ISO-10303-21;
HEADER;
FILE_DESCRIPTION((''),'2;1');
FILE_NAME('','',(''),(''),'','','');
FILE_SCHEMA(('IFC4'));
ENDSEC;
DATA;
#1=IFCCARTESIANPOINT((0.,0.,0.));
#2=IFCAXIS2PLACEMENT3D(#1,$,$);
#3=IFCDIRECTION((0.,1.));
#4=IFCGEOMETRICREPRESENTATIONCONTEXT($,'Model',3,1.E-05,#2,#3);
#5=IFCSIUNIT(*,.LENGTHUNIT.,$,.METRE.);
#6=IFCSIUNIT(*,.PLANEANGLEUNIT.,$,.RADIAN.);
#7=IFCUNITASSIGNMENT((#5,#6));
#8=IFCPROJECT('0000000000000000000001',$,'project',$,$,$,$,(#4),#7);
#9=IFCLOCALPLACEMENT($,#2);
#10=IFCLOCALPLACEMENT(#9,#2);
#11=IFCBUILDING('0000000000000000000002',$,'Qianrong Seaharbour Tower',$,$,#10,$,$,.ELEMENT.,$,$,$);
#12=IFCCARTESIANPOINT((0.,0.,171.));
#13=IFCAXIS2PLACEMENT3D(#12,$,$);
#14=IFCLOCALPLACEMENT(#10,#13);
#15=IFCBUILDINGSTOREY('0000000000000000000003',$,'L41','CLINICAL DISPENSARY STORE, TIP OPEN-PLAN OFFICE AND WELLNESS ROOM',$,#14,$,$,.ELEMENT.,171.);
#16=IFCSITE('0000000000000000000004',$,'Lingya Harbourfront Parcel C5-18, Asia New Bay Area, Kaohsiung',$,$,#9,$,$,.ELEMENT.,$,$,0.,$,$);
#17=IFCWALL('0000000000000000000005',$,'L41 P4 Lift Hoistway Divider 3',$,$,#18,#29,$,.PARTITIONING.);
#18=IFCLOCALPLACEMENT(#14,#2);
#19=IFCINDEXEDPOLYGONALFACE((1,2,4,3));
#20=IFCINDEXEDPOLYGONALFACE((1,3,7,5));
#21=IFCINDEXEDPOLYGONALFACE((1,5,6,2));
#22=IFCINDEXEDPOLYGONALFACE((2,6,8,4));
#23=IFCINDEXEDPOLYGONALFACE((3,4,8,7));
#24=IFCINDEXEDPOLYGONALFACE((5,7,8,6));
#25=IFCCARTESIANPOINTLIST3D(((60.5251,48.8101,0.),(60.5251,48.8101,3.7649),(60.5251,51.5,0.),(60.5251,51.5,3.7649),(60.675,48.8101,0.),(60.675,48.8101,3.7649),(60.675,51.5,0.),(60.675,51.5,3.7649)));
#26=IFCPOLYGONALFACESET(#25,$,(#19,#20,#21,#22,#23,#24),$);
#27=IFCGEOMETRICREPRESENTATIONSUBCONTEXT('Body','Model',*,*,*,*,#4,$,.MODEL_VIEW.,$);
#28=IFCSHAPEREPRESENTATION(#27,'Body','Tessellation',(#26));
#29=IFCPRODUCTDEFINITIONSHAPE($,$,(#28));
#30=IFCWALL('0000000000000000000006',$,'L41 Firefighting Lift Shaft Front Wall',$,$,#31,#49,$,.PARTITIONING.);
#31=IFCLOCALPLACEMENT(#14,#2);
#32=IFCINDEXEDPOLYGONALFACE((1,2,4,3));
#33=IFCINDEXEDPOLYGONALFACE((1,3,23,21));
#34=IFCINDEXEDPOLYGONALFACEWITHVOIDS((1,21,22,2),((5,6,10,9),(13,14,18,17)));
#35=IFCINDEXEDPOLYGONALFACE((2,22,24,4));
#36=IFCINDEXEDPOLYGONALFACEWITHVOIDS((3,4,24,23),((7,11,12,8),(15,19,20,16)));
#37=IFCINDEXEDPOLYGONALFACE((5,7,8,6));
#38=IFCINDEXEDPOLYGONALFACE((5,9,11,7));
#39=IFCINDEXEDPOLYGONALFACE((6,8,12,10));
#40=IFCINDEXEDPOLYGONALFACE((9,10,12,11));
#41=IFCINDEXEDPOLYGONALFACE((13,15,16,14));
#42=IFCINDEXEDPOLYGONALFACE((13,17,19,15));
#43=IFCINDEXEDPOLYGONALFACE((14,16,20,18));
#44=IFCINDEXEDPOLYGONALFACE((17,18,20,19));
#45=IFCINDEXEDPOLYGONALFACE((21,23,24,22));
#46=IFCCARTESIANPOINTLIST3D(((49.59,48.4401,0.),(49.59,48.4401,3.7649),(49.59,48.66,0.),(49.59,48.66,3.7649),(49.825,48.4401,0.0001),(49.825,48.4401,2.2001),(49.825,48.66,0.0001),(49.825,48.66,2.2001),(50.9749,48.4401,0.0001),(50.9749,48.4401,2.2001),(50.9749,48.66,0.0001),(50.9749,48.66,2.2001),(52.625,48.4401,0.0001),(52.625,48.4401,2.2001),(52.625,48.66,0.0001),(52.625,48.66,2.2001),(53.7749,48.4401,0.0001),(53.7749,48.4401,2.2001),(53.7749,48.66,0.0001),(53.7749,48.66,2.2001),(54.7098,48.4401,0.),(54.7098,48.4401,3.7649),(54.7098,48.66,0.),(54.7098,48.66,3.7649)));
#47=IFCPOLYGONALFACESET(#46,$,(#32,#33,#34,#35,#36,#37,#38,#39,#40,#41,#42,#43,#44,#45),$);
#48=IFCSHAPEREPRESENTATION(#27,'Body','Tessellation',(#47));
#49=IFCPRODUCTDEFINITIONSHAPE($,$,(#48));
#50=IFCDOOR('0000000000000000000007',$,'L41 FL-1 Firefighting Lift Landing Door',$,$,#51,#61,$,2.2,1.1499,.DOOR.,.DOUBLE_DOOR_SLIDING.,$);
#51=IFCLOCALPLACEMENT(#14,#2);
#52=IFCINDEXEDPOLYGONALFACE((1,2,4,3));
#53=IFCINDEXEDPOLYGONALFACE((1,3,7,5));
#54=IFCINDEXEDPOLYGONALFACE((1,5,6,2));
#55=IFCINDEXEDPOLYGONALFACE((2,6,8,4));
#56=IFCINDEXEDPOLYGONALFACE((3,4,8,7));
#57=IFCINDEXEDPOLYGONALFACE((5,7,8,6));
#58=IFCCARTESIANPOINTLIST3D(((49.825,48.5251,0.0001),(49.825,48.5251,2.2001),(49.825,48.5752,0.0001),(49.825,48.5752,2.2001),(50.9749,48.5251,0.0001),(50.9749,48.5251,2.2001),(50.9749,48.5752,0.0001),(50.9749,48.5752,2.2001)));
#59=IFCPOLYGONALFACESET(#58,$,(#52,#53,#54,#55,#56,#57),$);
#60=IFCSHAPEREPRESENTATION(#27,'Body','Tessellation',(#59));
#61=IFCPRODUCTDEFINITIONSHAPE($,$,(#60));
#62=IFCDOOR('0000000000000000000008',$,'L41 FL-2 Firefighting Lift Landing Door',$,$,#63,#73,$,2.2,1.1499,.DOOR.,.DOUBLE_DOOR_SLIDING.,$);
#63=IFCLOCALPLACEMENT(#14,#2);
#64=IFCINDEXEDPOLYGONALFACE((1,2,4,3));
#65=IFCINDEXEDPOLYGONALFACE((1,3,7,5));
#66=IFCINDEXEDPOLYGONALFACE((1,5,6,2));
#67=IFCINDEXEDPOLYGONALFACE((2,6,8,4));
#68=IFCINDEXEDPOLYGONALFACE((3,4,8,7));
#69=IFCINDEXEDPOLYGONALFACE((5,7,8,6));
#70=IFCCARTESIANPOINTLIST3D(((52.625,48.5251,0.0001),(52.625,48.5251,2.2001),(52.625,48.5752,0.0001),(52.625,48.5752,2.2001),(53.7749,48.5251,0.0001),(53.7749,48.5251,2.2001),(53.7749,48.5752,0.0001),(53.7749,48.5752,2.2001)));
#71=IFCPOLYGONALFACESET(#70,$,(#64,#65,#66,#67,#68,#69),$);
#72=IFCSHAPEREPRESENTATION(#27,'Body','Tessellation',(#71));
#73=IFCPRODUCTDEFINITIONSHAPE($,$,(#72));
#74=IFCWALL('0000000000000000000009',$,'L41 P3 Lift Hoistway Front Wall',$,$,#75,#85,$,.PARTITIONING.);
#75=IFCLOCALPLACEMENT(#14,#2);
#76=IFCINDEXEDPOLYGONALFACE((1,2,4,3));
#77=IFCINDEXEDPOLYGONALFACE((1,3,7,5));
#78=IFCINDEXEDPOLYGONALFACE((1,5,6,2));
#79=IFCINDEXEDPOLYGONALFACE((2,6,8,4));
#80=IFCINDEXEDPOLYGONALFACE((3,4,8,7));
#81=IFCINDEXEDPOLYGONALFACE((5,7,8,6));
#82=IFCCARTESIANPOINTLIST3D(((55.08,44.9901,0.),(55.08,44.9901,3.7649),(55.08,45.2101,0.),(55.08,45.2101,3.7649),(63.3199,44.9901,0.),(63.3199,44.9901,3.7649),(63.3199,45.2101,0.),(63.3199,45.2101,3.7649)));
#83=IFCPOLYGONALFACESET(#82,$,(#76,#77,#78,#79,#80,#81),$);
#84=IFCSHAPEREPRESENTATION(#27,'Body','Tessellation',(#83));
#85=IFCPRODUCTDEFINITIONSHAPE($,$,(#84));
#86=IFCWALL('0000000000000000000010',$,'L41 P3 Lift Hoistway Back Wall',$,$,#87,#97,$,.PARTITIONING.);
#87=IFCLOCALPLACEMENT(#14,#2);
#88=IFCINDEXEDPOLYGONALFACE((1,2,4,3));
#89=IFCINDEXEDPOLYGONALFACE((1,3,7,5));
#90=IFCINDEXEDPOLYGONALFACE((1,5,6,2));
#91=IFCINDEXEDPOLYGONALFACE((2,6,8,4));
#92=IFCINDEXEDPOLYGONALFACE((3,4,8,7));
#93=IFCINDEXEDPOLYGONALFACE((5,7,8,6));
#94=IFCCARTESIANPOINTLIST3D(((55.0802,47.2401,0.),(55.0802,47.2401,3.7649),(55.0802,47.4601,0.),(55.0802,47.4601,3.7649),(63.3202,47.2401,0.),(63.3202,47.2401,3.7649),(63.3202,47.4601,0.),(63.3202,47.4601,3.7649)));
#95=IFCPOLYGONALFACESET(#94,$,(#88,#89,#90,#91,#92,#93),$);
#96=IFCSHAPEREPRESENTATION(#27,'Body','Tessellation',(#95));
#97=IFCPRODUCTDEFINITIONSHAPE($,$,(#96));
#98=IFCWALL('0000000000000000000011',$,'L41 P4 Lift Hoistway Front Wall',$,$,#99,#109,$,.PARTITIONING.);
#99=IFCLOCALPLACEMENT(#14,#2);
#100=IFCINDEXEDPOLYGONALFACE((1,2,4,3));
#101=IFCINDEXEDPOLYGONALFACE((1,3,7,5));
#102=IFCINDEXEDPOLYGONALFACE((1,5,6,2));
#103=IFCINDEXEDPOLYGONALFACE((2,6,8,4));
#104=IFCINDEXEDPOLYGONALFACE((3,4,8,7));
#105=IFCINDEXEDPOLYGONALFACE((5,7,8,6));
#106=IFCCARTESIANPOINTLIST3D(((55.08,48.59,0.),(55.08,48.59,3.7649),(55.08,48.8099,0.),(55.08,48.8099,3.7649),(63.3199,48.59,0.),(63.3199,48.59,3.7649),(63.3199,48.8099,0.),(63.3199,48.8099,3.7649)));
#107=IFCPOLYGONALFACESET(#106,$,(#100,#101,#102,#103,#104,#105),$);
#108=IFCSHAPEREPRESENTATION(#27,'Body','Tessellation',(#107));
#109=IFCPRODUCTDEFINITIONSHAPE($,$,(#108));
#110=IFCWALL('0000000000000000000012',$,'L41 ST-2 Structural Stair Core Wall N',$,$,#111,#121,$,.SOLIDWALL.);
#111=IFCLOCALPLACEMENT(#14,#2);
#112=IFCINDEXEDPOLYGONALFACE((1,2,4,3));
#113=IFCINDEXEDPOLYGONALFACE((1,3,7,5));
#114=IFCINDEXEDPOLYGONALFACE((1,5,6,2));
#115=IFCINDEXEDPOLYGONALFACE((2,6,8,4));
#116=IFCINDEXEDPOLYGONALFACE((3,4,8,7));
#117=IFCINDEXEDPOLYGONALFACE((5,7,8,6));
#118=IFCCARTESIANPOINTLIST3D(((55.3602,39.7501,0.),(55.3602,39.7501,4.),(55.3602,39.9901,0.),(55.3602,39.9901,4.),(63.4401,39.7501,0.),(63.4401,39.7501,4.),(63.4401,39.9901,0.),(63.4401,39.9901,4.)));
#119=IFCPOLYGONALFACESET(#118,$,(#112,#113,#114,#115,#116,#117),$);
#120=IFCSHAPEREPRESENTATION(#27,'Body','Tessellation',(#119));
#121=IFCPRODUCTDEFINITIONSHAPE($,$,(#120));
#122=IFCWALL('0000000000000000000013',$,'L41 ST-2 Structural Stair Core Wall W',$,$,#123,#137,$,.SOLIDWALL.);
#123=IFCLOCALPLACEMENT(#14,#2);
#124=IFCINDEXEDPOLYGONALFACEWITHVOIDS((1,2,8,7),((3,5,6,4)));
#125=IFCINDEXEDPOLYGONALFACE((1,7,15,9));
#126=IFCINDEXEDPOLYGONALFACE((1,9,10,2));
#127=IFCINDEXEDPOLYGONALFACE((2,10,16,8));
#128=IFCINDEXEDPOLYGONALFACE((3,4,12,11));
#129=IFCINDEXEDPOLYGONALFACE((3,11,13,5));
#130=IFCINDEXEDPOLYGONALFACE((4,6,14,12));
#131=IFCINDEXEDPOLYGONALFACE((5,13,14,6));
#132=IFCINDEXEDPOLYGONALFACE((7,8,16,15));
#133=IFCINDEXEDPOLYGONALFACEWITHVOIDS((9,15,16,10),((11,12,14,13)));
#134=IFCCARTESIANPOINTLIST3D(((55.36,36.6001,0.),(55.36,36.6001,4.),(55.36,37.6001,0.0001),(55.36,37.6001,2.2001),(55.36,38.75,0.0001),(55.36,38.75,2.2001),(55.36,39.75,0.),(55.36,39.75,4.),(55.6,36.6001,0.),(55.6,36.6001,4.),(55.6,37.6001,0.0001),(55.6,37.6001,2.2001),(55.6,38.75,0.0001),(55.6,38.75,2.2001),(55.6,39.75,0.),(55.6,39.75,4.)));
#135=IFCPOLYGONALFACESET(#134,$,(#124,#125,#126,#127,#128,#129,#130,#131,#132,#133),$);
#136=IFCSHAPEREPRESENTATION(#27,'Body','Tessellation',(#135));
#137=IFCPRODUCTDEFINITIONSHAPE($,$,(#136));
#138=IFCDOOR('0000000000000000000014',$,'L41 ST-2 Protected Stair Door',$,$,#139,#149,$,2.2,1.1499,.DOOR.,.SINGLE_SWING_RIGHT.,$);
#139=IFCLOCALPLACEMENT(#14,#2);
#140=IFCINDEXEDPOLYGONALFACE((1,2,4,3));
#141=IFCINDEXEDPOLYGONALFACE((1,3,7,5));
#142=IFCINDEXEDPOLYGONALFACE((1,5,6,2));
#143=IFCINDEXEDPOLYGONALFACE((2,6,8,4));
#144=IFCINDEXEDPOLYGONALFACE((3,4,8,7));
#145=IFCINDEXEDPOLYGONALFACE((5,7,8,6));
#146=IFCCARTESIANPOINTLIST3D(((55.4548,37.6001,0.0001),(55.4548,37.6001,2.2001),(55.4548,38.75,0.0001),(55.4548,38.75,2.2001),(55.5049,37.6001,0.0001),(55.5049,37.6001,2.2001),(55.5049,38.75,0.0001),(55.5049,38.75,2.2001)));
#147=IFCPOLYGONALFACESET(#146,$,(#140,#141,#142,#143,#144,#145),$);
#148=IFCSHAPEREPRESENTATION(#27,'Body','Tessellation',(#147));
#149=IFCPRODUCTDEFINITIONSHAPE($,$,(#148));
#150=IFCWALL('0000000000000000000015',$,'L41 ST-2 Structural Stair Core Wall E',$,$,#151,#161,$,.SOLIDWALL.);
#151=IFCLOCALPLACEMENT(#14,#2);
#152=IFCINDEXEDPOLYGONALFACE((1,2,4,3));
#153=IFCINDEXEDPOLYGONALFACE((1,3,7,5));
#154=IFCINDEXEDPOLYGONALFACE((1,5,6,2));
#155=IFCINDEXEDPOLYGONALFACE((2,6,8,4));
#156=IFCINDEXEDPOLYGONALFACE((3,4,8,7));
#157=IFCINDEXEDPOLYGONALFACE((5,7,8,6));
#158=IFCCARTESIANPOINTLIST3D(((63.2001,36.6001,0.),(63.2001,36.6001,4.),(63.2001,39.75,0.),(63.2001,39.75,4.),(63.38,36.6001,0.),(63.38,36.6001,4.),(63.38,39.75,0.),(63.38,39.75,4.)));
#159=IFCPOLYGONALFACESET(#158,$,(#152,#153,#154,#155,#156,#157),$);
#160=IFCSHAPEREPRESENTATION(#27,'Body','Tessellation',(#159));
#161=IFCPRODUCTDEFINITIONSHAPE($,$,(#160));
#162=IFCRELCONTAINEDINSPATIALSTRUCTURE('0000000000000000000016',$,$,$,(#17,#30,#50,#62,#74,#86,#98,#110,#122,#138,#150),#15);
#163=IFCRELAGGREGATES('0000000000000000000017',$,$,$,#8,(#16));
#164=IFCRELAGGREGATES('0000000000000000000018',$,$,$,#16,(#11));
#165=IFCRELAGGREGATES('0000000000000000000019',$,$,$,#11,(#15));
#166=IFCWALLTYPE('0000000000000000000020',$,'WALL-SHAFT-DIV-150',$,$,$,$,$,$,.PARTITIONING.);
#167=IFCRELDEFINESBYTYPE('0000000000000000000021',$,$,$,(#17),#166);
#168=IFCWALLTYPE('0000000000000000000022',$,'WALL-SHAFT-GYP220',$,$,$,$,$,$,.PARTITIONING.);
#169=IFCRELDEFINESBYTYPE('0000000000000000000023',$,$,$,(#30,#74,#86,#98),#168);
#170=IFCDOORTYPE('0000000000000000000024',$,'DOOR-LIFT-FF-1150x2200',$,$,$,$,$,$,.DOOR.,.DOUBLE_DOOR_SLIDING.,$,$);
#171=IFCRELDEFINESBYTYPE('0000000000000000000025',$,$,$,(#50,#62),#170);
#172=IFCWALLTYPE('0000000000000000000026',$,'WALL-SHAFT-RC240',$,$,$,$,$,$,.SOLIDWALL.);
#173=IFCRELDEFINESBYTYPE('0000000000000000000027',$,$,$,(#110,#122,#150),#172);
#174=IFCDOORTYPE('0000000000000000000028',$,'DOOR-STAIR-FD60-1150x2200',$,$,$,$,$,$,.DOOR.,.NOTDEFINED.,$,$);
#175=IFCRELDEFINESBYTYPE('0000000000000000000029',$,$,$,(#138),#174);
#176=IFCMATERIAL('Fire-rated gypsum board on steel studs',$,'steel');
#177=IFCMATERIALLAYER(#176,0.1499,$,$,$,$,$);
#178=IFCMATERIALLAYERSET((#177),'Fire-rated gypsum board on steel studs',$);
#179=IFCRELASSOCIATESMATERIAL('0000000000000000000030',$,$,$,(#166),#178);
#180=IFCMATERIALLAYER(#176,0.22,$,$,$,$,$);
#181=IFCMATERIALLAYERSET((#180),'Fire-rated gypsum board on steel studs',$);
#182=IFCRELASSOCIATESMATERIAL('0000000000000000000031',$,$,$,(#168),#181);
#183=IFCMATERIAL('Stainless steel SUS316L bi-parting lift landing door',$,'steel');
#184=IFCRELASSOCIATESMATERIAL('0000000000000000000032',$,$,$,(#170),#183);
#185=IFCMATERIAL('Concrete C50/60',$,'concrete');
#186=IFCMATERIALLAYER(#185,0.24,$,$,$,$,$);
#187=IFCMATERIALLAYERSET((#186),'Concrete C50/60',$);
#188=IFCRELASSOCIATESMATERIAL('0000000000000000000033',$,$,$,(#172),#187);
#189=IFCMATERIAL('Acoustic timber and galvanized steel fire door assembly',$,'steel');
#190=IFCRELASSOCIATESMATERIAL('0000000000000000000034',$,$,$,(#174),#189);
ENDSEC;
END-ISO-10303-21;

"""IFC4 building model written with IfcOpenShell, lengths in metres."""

from ifc_helpers import new_model, si_unit, direction, frame, frame_2d, origin, place, context, subcontext, project, spatial, rectangle, extrude, material, layer, layer_set, type_object, element, fill, save


model = new_model("IFC4")

# Units and contexts
model_context = context("Model", 3, precision=1e-05, world=origin(), true_north=direction((0.0, 1.0)))
body_context = subcontext(model_context, "Body", "Model", "MODEL_VIEW")
ifc_project = project(units=[si_unit("LENGTHUNIT", "METRE"), si_unit("PLANEANGLEUNIT", "RADIAN")], contexts=[model_context])

# Site, building, storey
site_placement = place(None, origin())
site = spatial("IfcSite", under=ifc_project, at=site_placement, Name="Lingya Harbourfront Parcel C5-18, Asia New Bay Area, Kaohsiung", CompositionType="ELEMENT", RefElevation=0.0)
building_placement = place(site_placement, origin())
building = spatial("IfcBuilding", under=site, at=building_placement, Name="Qianrong Seaharbour Tower", CompositionType="ELEMENT")
storey_placement = place(building_placement, frame((0.0, 0.0, 171.0)))
storey = spatial("IfcBuildingStorey", under=building, at=storey_placement, Name="L41", Description="CLINICAL DISPENSARY STORE, TIP OPEN-PLAN OFFICE AND WELLNESS ROOM", CompositionType="ELEMENT", Elevation=171.0)

# Shared definitions
ifc_material_1 = material(Name="Acoustic timber and galvanized steel fire door assembly", Category="steel")

# Wall
ifc_material_2 = material(Name="Fire-rated gypsum board on steel studs", Category="steel")
ifc_layer_1 = layer(ifc_material_2, 0.1499)
ifc_layer_set_1 = layer_set([ifc_layer_1], Name="Fire-rated gypsum board on steel studs")
wall_type_1 = type_object("IfcWallType", Name="WALL-SHAFT-DIV-150", PredefinedType="PARTITIONING", material=ifc_layer_set_1)
for number, where, z_axis, x_axis, name in (
    (1, (60.6001, 48.8101, 0.0), (0.0, 0.0, 1.0), (0.0, 1.0, 0.0), "L41 P4 Lift Hoistway Divider 3"),
):
    element("IfcWall", number, at=place(storey_placement, frame(where, z_axis=z_axis, x_axis=x_axis)), inside=storey, type_object=wall_type_1, Name=name, PredefinedType="PARTITIONING", context=body_context, shape_type="SweptSolid", body=[
        extrude(rectangle(XDim=2.6899, YDim=0.1499, at=frame_2d((1.345, 0.0))), origin(), (0.0, 0.0, 1.0), 3.7649),
    ])

# Wall, openings, doors
ifc_layer_2 = layer(ifc_material_2, 0.22)
ifc_layer_set_2 = layer_set([ifc_layer_2], Name="Fire-rated gypsum board on steel studs")
wall_type_2 = type_object("IfcWallType", Name="WALL-SHAFT-GYP220", PredefinedType="PARTITIONING", material=ifc_layer_set_2)
wall_1_placement = place(storey_placement, frame((54.71, 48.55, 0.0), z_axis=(0.0, 0.0, 1.0), x_axis=(-1.0, 0.0, 0.0)))
wall_1 = element("IfcWall", 2, at=wall_1_placement, inside=storey, type_object=wall_type_2, Name="L41 Firefighting Lift Shaft Front Wall", PredefinedType="PARTITIONING", context=body_context, shape_type="SweptSolid", body=[
    extrude(rectangle(XDim=5.1199, YDim=0.22, at=frame_2d((2.5601, 0.0))), origin(), (0.0, 0.0, 1.0), 3.7649),
])
opening_1_placement = place(wall_1_placement, frame((3.7351, 0.0, 0.0)))
opening_1 = element("IfcOpeningElement", 3, at=opening_1_placement, cuts=wall_1, PredefinedType="OPENING", context=body_context, shape_type="SweptSolid", body=[
    extrude(rectangle(XDim=1.1499, YDim=2.2, at=frame_2d((0.575, 1.1001))), frame((0.0, 0.1201, 0.0), z_axis=(0.0, -1.0, 0.0), x_axis=(1.0, 0.0, 0.0)), (0.0, 0.0, 1.0), 0.24),
])
opening_2_placement = place(wall_1_placement, frame((0.9351, 0.0, 0.0)))
opening_2 = element("IfcOpeningElement", 4, at=opening_2_placement, cuts=wall_1, PredefinedType="OPENING", context=body_context, shape_type="SweptSolid", body=[
    extrude(rectangle(XDim=1.1499, YDim=2.2, at=frame_2d((0.575, 1.1001))), frame((0.0, 0.1201, 0.0), z_axis=(0.0, -1.0, 0.0), x_axis=(1.0, 0.0, 0.0)), (0.0, 0.0, 1.0), 0.24),
])
ifc_material_3 = material(Name="Stainless steel SUS316L bi-parting lift landing door", Category="steel")
door_type_1 = type_object("IfcDoorType", Name="DOOR-LIFT-FF-1150x2200", OperationType="DOUBLE_DOOR_SLIDING", PredefinedType="DOOR", material=ifc_material_3)
door_1_placement = place(opening_1_placement, origin())
door_1 = element("IfcDoor", 5, at=door_1_placement, inside=storey, type_object=door_type_1, Name="L41 FL-1 Firefighting Lift Landing Door", OperationType="DOUBLE_DOOR_SLIDING", OverallHeight=2.2, OverallWidth=1.1499, PredefinedType="DOOR", context=body_context, shape_type="SweptSolid", body=[
    extrude(rectangle(XDim=1.1499, YDim=2.2, at=frame_2d((0.575, 1.1001))), frame((0.0, 0.0249, 0.0), z_axis=(0.0, -1.0, 0.0), x_axis=(1.0, 0.0, 0.0)), (0.0, 0.0, 1.0), 0.05),
])
fill(opening_1, door_1)
door_2_placement = place(opening_2_placement, origin())
door_2 = element("IfcDoor", 6, at=door_2_placement, inside=storey, type_object=door_type_1, Name="L41 FL-2 Firefighting Lift Landing Door", OperationType="DOUBLE_DOOR_SLIDING", OverallHeight=2.2, OverallWidth=1.1499, PredefinedType="DOOR", context=body_context, shape_type="SweptSolid", body=[
    extrude(rectangle(XDim=1.1499, YDim=2.2, at=frame_2d((0.575, 1.1001))), frame((0.0, 0.0249, 0.0), z_axis=(0.0, -1.0, 0.0), x_axis=(1.0, 0.0, 0.0)), (0.0, 0.0, 1.0), 0.05),
])
fill(opening_2, door_2)

# Walls
for number, where, z_axis, x_axis, name in (
    (7, (63.3201, 45.1001, 0.0), (0.0, 0.0, 1.0), (-1.0, 0.0, 0.0), "L41 P3 Lift Hoistway Front Wall"),
    (8, (55.0801, 47.3501, 0.0), (0.0, 0.0, 1.0), (1.0, 0.0, 0.0), "L41 P3 Lift Hoistway Back Wall"),
    (9, (63.3201, 48.7, 0.0), (0.0, 0.0, 1.0), (-1.0, 0.0, 0.0), "L41 P4 Lift Hoistway Front Wall"),
):
    element("IfcWall", number, at=place(storey_placement, frame(where, z_axis=z_axis, x_axis=x_axis)), inside=storey, type_object=wall_type_2, Name=name, PredefinedType="PARTITIONING", context=body_context, shape_type="SweptSolid", body=[
        extrude(rectangle(XDim=8.24, YDim=0.22, at=frame_2d((4.1201, 0.0))), origin(), (0.0, 0.0, 1.0), 3.7649),
    ])
ifc_material_4 = material(Name="Concrete C50/60", Category="concrete")
ifc_layer_3 = layer(ifc_material_4, 0.24)
ifc_layer_set_3 = layer_set([ifc_layer_3], Name="Concrete C50/60")
wall_type_3 = type_object("IfcWallType", Name="WALL-SHAFT-RC240", PredefinedType="SOLIDWALL", material=ifc_layer_set_3)
wall_2_placement = place(storey_placement, frame((55.3601, 39.8701, 0.0), z_axis=(0.0, 0.0, 1.0), x_axis=(1.0, 0.0, 0.0)))
element("IfcWall", 10, at=wall_2_placement, inside=storey, type_object=wall_type_3, Name="L41 ST-2 Structural Stair Core Wall N", PredefinedType="SOLIDWALL", context=body_context, shape_type="SweptSolid", body=[
    extrude(rectangle(XDim=8.0798, YDim=0.24, at=frame_2d((4.04, 0.0))), origin(), (0.0, 0.0, 1.0), 4.0),
])

# Wall, opening, door
wall_3_placement = place(storey_placement, frame((55.48, 39.75, 0.0), z_axis=(0.0, 0.0, 1.0), x_axis=(0.0, -1.0, 0.0)))
wall_3 = element("IfcWall", 11, at=wall_3_placement, inside=storey, type_object=wall_type_3, Name="L41 ST-2 Structural Stair Core Wall W", PredefinedType="SOLIDWALL", context=body_context, shape_type="SweptSolid", body=[
    extrude(rectangle(XDim=3.1499, YDim=0.24, at=frame_2d((1.575, 0.0))), origin(), (0.0, 0.0, 1.0), 4.0),
])
opening_3_placement = place(wall_3_placement, frame((1.0, 0.0, 0.0)))
opening_3 = element("IfcOpeningElement", 12, at=opening_3_placement, cuts=wall_3, PredefinedType="OPENING", context=body_context, shape_type="SweptSolid", body=[
    extrude(rectangle(XDim=1.1499, YDim=2.2, at=frame_2d((0.575, 1.1001))), frame((0.0, 0.1299, 0.0), z_axis=(0.0, -1.0, 0.0), x_axis=(1.0, 0.0, 0.0)), (0.0, 0.0, 1.0), 0.26),
])
door_type_2 = type_object("IfcDoorType", Name="DOOR-STAIR-FD60-1150x2200", OperationType="NOTDEFINED", PredefinedType="DOOR", material=ifc_material_1)
door_3_placement = place(opening_3_placement, origin())
door_3 = element("IfcDoor", 13, at=door_3_placement, inside=storey, type_object=door_type_2, Name="L41 ST-2 Protected Stair Door", OperationType="SINGLE_SWING_RIGHT", OverallHeight=2.2, OverallWidth=1.1499, PredefinedType="DOOR", context=body_context, shape_type="SweptSolid", body=[
    extrude(rectangle(XDim=1.1499, YDim=2.2, at=frame_2d((0.575, 1.1001))), frame((0.0, 0.0249, 0.0), z_axis=(0.0, -1.0, 0.0), x_axis=(1.0, 0.0, 0.0)), (0.0, 0.0, 1.0), 0.05),
])
fill(opening_3, door_3)

# Wall
wall_4_placement = place(storey_placement, frame((63.29, 36.6001, 0.0), z_axis=(0.0, 0.0, 1.0), x_axis=(0.0, 1.0, 0.0)))
element("IfcWall", 14, at=wall_4_placement, inside=storey, type_object=wall_type_3, Name="L41 ST-2 Structural Stair Core Wall E", PredefinedType="SOLIDWALL", context=body_context, shape_type="SweptSolid", body=[
    extrude(rectangle(XDim=3.1499, YDim=0.1799, at=frame_2d((1.575, 0.0))), origin(), (0.0, 0.0, 1.0), 4.0),
])

save(model, "model.ifc")
